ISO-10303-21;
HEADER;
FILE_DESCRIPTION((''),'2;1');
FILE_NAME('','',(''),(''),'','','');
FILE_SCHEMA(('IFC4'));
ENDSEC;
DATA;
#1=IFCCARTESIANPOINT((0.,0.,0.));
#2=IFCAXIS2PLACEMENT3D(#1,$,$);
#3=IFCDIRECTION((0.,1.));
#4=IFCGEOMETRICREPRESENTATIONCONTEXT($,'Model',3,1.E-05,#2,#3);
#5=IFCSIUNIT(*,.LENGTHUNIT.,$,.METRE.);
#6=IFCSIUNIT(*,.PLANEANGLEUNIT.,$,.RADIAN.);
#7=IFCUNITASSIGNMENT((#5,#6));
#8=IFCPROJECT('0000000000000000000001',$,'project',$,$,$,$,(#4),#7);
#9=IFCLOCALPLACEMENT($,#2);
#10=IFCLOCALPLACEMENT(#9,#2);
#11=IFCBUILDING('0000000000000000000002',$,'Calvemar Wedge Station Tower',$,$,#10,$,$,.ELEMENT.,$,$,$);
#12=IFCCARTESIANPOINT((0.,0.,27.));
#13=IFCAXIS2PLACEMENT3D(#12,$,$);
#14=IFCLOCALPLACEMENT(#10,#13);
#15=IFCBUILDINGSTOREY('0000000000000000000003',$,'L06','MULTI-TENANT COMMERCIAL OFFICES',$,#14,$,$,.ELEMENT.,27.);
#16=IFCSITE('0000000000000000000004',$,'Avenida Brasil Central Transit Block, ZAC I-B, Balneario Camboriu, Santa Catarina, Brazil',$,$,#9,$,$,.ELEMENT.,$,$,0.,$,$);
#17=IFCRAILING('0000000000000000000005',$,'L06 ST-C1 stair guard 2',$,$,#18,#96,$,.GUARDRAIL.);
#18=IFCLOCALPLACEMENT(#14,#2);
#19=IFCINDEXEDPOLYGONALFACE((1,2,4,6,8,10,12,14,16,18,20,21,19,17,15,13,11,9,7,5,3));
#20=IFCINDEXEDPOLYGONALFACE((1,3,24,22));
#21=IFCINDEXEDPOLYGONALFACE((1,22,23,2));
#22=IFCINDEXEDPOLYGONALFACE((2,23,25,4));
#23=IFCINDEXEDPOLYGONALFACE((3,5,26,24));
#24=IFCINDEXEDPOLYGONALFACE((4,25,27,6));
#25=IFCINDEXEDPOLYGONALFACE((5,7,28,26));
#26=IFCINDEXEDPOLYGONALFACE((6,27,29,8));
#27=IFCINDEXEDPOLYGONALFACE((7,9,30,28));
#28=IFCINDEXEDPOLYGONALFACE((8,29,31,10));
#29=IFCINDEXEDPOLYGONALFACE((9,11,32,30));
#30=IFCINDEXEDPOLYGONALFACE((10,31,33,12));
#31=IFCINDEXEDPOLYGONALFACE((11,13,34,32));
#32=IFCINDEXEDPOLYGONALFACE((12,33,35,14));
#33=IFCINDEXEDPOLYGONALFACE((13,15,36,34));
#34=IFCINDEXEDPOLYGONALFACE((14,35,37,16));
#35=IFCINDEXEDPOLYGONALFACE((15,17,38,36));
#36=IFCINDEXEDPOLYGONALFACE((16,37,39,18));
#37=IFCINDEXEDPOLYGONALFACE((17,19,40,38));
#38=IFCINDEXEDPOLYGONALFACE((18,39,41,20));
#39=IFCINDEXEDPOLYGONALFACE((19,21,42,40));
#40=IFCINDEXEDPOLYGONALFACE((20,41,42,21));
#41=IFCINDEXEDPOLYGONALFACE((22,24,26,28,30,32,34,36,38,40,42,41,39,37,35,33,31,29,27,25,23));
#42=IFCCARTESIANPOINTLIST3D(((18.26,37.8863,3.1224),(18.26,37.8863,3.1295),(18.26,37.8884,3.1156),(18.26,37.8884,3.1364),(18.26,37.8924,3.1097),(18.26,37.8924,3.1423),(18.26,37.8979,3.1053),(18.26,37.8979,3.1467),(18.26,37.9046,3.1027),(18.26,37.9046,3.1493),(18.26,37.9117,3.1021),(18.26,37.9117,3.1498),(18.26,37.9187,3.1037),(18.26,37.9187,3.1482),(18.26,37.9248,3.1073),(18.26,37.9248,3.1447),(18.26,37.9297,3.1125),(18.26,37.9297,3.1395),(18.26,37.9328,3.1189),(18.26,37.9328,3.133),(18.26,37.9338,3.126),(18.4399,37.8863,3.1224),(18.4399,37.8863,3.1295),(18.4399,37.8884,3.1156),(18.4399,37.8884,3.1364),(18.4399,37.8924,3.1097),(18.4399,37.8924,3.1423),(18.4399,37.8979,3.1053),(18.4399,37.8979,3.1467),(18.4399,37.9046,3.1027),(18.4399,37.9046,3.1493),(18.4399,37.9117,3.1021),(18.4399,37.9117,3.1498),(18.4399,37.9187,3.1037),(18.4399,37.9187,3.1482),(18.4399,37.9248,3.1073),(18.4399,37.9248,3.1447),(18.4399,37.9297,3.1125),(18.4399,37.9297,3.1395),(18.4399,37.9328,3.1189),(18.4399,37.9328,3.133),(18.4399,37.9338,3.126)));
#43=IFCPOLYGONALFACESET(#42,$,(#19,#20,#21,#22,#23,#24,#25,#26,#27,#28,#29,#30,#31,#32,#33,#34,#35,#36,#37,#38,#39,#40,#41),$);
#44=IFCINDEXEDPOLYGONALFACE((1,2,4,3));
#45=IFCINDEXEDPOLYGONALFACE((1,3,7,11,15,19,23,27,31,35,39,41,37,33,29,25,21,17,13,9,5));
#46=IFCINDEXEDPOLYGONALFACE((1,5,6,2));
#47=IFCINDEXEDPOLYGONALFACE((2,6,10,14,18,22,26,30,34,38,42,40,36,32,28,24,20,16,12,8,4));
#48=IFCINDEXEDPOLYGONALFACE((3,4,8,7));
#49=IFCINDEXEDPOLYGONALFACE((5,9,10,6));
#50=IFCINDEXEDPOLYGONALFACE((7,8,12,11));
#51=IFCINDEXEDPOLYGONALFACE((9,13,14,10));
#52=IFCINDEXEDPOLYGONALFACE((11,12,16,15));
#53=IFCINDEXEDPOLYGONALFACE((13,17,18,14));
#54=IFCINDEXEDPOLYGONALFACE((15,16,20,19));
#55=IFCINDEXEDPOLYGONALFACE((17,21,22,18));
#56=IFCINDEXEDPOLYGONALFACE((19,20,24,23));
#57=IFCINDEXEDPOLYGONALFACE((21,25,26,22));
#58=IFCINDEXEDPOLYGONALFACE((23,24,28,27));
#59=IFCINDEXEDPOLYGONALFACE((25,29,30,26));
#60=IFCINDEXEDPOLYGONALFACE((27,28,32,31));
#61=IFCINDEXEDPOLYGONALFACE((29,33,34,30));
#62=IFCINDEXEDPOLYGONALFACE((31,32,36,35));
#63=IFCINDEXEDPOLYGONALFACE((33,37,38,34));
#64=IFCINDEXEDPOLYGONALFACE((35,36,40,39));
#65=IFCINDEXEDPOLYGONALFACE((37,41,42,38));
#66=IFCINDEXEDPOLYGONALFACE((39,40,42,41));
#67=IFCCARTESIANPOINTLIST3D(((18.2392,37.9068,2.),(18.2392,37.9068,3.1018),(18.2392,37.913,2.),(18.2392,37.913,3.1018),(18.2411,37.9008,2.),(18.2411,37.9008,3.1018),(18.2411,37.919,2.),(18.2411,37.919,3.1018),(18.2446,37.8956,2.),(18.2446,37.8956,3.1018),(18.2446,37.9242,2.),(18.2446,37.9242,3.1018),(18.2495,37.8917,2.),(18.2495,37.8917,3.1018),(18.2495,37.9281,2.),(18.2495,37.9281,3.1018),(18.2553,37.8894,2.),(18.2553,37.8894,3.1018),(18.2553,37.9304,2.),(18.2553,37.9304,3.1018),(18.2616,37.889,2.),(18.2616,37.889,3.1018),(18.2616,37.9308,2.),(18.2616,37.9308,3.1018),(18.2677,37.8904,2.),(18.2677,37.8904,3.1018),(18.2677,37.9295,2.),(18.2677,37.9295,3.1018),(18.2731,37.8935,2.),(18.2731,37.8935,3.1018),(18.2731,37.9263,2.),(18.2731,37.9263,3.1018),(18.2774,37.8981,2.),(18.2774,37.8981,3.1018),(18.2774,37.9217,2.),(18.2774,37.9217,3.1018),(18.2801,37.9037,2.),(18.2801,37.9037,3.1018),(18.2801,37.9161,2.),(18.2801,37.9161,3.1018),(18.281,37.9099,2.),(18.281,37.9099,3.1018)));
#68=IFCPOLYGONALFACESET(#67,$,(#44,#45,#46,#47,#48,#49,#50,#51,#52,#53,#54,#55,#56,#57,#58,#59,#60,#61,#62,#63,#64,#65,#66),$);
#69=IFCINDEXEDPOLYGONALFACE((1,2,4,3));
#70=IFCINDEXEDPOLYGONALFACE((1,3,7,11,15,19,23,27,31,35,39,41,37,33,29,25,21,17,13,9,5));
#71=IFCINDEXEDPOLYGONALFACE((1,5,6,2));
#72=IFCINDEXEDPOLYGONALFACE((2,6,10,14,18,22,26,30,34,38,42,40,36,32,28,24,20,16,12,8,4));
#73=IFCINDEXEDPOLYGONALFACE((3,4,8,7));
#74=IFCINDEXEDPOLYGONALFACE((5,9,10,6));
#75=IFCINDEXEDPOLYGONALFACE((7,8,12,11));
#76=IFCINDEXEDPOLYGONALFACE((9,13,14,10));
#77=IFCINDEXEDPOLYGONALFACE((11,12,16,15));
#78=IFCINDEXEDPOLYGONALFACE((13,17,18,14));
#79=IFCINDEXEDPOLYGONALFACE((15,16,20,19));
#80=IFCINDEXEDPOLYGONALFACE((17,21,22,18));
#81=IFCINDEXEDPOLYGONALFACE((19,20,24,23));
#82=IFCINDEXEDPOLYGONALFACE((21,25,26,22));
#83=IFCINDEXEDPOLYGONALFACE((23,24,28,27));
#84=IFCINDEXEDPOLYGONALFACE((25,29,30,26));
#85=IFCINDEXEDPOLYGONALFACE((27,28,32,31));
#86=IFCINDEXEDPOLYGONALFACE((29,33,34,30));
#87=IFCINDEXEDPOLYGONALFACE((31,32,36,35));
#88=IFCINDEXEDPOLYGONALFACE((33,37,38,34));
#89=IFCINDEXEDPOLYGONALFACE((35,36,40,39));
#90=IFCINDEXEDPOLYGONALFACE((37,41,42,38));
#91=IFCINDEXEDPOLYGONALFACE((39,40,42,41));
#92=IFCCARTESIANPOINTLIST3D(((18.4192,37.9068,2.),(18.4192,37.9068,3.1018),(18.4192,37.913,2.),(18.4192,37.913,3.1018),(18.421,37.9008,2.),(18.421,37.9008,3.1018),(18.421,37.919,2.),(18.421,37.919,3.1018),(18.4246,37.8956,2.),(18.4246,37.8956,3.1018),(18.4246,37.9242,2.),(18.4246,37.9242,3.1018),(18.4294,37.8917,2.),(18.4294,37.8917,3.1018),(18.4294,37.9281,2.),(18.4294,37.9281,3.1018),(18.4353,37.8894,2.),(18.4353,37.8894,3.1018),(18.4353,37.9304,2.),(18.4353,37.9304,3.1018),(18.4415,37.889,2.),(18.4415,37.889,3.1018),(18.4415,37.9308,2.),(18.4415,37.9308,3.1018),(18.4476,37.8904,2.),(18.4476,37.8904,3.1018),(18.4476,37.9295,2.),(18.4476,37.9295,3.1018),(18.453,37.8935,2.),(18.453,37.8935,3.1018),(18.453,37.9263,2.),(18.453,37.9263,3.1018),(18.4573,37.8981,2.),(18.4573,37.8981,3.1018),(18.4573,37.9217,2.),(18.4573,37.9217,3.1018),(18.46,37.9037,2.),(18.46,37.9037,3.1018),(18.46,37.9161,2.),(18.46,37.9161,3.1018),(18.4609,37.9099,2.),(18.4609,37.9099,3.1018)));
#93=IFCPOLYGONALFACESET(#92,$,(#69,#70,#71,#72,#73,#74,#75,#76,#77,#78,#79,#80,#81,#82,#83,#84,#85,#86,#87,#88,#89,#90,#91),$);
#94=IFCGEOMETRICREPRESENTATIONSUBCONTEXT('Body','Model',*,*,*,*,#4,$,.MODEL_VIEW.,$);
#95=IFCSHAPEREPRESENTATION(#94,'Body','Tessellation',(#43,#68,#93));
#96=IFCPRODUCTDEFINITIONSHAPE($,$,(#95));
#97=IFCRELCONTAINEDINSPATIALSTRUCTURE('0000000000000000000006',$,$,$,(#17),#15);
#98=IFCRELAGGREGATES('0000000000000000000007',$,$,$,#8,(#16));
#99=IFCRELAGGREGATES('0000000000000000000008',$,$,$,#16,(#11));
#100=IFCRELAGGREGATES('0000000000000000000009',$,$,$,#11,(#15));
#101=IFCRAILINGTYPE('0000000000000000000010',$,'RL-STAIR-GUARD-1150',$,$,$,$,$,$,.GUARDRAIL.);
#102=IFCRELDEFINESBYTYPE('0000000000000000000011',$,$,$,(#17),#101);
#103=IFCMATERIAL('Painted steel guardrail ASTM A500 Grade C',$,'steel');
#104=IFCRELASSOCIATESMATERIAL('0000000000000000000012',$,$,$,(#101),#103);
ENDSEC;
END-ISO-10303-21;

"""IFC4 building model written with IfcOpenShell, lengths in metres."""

from ifc_helpers import new_model, si_unit, direction, frame, origin, origin_2d, place, context, subcontext, project, spatial, circle, extrude, material, type_object, element, save


model = new_model("IFC4")

# Units and contexts
model_context = context("Model", 3, precision=1e-05, world=origin(), true_north=direction((0.0, 1.0)))
body_context = subcontext(model_context, "Body", "Model", "MODEL_VIEW")
ifc_project = project(units=[si_unit("LENGTHUNIT", "METRE"), si_unit("PLANEANGLEUNIT", "RADIAN")], contexts=[model_context])

# Site, building, storey
site_placement = place(None, origin())
site = spatial("IfcSite", under=ifc_project, at=site_placement, Name="Avenida Brasil Central Transit Block, ZAC I-B, Balneario Camboriu, Santa Catarina, Brazil", CompositionType="ELEMENT", RefElevation=0.0)
building_placement = place(site_placement, origin())
building = spatial("IfcBuilding", under=site, at=building_placement, Name="Calvemar Wedge Station Tower", CompositionType="ELEMENT")
storey_placement = place(building_placement, frame((0.0, 0.0, 27.0)))
storey = spatial("IfcBuildingStorey", under=building, at=storey_placement, Name="L06", Description="MULTI-TENANT COMMERCIAL OFFICES", CompositionType="ELEMENT", Elevation=27.0)

# Railing
ifc_material_1 = material(Name="Painted steel guardrail ASTM A500 Grade C", Category="steel")
railing_type_1 = type_object("IfcRailingType", Name="RL-STAIR-GUARD-1150", PredefinedType="GUARDRAIL", material=ifc_material_1)
railing_1_placement = place(storey_placement, frame((18.26, 37.9099, 2.0)))
element("IfcRailing", 1, at=railing_1_placement, inside=storey, type_object=railing_type_1, Name="L06 ST-C1 stair guard 2", PredefinedType="GUARDRAIL", context=body_context, shape_type="SweptSolid", body=[
    extrude(circle(Radius=0.0239, at=origin_2d()), frame((0.0, 0.0, 1.126), z_axis=(1.0, 0.0, 0.0), x_axis=(0.0, 1.0, 0.0)), (0.0, 0.0, 1.0), 0.1799),
    extrude(circle(Radius=0.021, at=origin_2d()), origin(), (0.0, 0.0, 1.0), 1.1018),
    extrude(circle(Radius=0.021, at=origin_2d()), frame((0.1799, 0.0, 0.0)), (0.0, 0.0, 1.0), 1.1018),
])

save(model, "model.ifc")
